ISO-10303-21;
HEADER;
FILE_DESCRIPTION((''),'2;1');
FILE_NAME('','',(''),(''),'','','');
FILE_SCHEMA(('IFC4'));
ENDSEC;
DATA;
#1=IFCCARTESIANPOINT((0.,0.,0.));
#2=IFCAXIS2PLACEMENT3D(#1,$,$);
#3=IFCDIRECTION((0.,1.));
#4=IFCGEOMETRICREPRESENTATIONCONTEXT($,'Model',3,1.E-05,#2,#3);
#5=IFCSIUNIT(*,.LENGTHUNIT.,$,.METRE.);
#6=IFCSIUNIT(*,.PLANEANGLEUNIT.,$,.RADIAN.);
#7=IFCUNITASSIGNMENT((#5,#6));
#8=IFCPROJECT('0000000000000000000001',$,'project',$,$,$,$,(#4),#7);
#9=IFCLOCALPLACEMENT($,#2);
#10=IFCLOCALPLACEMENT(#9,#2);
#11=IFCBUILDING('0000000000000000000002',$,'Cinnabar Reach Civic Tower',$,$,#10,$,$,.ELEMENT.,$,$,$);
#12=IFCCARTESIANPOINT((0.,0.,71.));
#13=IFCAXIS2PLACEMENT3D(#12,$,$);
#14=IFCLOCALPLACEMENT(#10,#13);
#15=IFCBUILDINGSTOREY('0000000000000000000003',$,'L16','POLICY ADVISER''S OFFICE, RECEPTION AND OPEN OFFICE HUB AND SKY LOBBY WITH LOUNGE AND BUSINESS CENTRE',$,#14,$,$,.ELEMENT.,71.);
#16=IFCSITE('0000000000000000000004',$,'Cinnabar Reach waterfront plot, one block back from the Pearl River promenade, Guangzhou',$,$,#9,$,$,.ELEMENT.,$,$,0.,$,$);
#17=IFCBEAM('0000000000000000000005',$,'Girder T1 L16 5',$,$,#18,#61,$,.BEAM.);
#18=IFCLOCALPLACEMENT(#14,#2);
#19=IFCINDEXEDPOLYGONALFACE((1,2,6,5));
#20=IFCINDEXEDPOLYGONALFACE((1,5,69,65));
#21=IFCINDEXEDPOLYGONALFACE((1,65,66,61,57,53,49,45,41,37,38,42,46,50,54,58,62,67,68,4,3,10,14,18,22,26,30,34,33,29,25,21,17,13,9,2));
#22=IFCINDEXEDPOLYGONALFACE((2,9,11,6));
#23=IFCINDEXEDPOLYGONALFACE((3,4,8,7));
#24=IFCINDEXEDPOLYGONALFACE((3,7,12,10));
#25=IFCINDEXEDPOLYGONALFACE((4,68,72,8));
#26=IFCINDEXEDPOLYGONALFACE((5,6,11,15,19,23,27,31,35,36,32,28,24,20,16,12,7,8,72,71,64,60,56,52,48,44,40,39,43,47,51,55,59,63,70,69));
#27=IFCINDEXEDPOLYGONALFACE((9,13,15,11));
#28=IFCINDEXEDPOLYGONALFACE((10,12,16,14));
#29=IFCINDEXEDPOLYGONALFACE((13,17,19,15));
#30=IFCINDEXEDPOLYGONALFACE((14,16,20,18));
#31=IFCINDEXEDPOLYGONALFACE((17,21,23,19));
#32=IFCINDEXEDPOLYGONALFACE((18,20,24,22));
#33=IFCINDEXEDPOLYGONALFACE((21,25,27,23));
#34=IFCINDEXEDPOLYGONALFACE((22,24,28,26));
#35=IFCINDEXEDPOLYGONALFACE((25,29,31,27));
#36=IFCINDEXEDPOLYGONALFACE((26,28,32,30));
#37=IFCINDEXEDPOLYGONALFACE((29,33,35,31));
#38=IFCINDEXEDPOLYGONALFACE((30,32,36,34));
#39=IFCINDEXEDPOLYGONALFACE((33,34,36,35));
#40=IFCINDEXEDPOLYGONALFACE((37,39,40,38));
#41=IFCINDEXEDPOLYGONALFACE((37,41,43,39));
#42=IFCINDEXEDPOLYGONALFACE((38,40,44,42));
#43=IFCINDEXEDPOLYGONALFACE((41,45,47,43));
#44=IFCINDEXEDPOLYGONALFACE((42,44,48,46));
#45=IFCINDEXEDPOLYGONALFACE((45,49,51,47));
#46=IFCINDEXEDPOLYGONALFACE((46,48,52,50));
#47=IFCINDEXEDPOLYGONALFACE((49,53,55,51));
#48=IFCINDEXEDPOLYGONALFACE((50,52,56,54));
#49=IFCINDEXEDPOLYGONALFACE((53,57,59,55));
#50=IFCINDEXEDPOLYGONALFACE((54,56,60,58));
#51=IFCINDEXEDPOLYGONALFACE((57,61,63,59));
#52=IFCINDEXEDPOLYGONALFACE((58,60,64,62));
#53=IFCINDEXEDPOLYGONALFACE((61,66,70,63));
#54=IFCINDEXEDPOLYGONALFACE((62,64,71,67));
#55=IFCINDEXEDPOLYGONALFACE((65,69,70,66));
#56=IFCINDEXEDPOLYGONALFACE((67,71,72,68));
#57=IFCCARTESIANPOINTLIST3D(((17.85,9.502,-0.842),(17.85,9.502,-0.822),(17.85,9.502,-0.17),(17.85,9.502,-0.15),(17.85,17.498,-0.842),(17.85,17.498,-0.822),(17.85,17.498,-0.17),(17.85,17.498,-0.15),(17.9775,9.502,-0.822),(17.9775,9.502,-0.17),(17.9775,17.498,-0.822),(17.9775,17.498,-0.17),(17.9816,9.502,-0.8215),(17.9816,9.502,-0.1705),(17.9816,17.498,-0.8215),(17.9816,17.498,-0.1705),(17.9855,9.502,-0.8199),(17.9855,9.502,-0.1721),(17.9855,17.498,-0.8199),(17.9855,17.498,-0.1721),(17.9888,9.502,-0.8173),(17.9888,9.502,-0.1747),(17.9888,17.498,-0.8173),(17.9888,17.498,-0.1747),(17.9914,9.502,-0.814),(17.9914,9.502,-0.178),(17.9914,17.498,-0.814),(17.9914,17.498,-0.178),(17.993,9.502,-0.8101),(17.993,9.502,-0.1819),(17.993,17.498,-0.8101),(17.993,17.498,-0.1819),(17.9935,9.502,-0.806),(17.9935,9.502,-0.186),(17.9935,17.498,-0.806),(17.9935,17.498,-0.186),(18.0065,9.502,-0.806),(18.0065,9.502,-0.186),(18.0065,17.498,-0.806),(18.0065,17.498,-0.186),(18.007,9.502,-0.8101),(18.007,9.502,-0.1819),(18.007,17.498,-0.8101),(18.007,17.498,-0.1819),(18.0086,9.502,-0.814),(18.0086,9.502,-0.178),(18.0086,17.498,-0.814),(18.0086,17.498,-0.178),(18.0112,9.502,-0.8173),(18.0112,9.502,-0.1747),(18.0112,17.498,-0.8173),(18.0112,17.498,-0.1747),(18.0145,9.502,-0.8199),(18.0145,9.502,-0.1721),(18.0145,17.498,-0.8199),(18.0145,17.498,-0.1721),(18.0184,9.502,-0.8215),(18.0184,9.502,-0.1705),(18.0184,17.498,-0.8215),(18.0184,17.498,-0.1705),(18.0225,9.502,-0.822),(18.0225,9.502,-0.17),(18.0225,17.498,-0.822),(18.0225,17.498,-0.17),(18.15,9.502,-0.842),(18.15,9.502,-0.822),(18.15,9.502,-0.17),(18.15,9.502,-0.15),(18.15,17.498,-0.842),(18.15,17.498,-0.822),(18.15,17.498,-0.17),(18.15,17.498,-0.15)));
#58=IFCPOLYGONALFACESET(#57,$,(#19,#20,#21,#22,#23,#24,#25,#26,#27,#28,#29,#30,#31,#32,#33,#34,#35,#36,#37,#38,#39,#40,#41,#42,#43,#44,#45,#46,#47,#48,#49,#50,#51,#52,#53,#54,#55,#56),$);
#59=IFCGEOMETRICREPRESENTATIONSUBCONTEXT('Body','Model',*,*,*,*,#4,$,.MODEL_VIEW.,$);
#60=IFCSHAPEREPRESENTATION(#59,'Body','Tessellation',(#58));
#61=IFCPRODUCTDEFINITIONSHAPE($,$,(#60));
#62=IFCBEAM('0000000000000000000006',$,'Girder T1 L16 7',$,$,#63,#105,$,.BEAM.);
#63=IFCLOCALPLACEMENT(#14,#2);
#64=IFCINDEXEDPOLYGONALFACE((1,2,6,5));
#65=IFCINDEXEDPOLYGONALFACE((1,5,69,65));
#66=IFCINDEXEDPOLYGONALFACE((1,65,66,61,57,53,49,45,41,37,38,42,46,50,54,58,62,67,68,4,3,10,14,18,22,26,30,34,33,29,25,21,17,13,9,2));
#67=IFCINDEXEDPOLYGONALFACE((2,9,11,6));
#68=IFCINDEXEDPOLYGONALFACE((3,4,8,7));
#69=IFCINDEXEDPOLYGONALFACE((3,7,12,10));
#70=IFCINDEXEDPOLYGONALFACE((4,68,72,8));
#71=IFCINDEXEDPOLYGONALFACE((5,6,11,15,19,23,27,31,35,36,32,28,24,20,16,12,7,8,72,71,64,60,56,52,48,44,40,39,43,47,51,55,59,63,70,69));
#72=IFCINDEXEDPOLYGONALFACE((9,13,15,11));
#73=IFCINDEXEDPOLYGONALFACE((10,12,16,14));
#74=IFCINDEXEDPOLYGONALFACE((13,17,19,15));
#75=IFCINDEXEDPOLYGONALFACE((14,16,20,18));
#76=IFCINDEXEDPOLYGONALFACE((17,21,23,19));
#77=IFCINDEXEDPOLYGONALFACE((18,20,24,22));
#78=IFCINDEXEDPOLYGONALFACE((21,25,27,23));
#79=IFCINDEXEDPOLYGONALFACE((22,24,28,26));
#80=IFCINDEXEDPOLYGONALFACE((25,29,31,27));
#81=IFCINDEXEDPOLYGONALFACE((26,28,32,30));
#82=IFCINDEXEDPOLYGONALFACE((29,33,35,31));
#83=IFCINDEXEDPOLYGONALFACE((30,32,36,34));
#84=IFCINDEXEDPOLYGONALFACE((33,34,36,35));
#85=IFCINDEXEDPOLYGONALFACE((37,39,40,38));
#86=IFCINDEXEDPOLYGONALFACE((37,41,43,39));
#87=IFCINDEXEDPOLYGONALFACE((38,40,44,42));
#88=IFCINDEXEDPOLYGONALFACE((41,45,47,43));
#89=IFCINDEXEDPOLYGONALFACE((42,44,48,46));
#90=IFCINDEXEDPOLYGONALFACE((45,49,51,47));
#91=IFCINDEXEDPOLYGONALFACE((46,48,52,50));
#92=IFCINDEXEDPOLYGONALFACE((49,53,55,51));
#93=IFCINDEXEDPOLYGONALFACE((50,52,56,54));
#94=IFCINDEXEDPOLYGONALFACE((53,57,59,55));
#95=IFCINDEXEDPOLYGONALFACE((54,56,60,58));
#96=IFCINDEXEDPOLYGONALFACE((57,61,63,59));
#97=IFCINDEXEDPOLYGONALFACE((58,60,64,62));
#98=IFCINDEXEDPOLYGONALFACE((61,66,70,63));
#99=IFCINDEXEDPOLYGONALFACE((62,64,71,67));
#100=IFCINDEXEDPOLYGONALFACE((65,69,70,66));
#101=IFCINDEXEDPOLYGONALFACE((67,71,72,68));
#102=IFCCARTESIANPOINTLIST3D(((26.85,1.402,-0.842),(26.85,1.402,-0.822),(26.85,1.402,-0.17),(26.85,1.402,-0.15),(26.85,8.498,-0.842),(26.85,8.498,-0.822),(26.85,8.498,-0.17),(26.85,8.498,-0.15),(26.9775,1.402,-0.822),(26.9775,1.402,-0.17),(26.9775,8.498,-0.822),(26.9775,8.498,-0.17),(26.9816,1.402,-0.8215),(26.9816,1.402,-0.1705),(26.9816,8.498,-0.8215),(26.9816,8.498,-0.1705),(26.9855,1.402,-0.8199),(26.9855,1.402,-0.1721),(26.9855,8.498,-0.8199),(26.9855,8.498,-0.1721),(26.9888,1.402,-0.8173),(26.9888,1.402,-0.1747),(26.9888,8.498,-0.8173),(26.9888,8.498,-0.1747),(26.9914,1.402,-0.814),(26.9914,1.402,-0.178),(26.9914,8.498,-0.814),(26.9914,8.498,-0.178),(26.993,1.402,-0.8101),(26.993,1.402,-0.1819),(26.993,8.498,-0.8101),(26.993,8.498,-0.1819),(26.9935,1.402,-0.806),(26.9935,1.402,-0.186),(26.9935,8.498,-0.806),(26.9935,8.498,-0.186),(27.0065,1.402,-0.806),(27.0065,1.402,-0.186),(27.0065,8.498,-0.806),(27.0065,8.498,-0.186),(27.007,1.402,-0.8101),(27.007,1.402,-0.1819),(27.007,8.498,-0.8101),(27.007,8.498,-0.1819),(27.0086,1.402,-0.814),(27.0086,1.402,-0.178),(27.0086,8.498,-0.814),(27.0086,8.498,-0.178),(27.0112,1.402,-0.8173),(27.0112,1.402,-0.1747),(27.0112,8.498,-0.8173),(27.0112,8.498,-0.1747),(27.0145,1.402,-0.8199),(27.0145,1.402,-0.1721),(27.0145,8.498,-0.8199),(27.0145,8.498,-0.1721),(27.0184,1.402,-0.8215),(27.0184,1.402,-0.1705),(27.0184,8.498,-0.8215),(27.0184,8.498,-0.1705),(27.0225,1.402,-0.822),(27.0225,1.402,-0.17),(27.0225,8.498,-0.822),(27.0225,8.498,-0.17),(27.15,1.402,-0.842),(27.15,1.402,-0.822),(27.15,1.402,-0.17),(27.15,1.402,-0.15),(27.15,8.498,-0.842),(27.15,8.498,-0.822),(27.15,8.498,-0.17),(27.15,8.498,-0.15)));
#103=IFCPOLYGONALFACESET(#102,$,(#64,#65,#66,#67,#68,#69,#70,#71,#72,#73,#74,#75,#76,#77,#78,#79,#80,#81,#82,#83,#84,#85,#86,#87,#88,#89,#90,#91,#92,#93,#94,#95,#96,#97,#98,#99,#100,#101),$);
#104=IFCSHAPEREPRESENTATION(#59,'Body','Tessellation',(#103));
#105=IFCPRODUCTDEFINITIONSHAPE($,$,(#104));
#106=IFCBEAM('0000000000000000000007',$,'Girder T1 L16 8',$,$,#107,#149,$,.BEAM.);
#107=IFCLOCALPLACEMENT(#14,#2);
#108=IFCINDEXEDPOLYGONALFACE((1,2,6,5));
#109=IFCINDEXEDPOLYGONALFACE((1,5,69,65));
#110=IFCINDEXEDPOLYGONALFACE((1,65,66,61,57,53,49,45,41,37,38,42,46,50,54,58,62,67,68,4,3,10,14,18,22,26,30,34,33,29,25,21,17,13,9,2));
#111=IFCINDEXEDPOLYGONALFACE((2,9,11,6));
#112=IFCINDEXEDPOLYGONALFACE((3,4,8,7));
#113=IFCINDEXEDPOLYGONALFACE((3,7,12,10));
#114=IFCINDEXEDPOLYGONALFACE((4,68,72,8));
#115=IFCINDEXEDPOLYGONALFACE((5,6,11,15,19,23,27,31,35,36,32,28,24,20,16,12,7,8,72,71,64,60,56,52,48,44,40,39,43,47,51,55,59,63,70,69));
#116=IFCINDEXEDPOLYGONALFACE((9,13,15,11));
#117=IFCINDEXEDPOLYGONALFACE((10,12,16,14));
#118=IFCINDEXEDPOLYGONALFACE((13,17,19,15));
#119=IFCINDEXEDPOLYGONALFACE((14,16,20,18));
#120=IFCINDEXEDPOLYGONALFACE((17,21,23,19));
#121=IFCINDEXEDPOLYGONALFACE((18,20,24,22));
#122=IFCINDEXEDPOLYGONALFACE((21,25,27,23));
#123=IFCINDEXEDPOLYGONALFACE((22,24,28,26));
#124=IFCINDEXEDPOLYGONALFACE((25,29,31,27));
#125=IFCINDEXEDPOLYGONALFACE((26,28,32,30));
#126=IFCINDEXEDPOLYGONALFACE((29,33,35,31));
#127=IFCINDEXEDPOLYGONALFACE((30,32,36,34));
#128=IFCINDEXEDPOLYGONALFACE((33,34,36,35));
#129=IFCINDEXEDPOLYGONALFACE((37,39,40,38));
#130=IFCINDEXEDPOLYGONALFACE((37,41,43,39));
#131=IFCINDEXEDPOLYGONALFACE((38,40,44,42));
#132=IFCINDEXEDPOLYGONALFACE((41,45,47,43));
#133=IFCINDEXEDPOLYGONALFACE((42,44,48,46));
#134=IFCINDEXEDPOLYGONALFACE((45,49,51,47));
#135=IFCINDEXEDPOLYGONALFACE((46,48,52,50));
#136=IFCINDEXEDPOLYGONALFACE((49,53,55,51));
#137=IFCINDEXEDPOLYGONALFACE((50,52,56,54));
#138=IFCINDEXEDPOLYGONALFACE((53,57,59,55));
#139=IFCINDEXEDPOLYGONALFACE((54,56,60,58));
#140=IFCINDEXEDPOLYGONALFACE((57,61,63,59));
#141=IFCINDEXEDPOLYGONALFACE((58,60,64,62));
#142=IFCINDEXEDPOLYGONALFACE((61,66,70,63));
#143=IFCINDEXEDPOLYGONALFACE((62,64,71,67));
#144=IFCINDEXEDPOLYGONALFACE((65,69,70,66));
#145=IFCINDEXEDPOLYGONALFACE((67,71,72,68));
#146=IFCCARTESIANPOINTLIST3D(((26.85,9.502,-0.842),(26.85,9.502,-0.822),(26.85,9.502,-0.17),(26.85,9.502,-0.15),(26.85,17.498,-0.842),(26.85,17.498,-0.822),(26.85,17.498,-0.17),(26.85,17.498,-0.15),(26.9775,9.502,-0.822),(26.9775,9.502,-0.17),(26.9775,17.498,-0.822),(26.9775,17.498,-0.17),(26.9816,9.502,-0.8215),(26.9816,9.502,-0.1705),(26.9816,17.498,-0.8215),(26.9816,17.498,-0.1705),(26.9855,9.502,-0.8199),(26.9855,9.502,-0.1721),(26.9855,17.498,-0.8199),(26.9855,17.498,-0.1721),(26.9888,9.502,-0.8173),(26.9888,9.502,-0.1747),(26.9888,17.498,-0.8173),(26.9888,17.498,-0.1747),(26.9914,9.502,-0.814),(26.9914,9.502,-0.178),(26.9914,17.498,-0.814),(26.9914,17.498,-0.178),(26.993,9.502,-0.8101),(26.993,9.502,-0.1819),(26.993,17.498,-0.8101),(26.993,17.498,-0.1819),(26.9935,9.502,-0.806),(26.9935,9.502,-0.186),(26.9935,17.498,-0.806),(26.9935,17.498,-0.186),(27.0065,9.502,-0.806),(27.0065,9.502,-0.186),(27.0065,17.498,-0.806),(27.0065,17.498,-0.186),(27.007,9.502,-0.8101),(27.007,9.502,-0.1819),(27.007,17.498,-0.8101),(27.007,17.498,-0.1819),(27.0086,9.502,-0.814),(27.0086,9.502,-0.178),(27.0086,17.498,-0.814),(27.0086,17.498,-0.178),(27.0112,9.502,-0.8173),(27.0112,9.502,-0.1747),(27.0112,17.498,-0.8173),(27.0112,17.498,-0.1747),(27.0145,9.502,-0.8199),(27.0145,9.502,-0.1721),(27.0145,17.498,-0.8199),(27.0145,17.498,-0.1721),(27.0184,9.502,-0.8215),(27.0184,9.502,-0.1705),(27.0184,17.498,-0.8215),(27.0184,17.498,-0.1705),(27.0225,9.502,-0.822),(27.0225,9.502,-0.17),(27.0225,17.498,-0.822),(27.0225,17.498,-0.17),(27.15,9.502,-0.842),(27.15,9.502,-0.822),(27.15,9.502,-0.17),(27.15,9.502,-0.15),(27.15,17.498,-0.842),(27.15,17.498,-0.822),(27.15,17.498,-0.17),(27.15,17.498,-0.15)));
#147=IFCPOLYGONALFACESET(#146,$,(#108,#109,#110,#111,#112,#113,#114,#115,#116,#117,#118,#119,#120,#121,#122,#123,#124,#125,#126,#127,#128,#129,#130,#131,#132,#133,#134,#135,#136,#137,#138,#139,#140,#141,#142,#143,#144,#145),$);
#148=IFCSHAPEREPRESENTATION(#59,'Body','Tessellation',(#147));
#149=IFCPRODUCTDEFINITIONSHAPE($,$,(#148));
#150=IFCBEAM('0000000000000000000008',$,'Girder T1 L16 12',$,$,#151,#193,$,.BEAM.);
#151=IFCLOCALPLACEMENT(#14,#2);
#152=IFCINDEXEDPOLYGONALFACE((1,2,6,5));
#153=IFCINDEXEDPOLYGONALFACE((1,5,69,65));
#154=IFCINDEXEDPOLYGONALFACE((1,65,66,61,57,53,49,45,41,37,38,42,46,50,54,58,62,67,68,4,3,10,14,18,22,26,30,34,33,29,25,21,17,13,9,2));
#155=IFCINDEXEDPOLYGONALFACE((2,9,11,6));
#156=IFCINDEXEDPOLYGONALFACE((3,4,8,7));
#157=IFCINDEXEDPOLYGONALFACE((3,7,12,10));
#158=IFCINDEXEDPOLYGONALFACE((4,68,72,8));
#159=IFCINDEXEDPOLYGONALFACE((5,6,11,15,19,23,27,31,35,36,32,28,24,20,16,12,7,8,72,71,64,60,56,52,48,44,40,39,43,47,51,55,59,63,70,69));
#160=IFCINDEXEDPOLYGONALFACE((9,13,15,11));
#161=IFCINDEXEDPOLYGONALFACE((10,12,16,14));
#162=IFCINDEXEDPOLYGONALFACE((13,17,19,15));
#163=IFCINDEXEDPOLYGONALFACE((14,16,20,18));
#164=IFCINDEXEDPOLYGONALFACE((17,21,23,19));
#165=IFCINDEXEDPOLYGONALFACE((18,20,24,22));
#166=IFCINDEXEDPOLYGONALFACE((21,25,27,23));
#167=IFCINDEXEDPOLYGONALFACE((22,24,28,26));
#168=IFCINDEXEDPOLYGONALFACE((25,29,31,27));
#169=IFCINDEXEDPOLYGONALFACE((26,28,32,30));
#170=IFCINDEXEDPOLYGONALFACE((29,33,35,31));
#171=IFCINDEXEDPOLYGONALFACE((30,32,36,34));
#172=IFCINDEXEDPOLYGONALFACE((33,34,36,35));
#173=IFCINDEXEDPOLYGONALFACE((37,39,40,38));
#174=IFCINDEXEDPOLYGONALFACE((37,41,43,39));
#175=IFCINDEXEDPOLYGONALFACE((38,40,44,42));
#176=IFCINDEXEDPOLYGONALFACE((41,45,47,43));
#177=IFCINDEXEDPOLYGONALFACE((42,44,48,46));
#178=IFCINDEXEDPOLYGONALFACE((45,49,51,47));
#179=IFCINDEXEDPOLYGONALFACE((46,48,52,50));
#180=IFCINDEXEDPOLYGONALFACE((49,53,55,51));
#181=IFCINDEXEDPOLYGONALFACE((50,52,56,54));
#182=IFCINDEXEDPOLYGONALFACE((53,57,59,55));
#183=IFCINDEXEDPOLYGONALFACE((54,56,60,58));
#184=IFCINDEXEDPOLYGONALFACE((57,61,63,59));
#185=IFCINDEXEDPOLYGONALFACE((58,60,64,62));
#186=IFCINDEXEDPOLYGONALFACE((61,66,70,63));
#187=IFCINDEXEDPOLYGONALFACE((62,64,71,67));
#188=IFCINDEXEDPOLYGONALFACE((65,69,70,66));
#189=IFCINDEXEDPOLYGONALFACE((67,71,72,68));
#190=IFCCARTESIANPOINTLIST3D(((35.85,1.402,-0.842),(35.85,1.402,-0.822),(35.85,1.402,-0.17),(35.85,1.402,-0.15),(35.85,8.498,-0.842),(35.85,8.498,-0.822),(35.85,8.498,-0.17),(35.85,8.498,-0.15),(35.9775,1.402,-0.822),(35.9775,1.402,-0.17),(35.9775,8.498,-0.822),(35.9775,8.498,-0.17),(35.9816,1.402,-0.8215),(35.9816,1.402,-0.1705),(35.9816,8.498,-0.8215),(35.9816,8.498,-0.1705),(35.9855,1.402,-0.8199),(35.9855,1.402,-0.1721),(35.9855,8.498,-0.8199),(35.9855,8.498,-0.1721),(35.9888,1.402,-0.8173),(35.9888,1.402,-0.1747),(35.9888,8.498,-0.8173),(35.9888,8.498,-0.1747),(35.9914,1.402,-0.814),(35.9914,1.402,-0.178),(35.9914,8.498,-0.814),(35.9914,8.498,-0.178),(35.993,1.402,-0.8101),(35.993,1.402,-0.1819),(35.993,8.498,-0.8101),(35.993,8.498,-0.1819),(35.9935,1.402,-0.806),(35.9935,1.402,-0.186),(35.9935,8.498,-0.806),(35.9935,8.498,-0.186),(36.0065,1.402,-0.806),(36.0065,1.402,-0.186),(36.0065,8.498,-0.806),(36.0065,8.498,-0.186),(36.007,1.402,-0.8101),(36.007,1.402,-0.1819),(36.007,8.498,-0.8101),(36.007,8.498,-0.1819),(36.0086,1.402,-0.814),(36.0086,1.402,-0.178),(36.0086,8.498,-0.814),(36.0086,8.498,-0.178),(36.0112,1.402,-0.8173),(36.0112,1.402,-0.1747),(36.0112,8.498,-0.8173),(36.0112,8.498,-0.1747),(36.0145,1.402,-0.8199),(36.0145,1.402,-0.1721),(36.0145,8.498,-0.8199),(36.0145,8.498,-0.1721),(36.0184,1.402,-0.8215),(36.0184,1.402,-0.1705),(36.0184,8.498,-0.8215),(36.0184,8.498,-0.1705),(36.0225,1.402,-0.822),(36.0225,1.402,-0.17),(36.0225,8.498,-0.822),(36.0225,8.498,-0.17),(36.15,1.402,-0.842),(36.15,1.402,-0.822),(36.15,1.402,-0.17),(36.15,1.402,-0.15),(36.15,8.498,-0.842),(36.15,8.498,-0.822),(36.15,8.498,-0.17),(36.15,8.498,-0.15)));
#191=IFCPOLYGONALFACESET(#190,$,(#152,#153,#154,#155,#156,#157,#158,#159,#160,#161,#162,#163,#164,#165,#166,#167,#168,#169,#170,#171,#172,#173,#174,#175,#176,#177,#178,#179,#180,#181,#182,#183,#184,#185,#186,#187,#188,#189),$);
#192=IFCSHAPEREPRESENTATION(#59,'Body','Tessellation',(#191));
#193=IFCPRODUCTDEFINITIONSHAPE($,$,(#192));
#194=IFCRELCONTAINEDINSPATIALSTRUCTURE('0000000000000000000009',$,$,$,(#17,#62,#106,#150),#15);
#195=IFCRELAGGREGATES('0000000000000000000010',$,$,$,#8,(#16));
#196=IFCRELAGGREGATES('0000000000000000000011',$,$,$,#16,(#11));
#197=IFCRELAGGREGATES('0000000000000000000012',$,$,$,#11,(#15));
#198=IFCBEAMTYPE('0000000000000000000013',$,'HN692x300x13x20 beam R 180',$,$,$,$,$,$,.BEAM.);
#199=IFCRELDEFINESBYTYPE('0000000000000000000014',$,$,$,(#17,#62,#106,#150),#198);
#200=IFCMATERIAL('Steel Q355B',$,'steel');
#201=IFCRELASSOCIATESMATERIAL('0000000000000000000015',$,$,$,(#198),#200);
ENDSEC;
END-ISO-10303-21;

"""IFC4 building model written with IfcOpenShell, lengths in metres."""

from ifc_helpers import new_model, si_unit, direction, frame, origin, origin_2d, place, context, subcontext, project, spatial, i_section, extrude, material, material_profile, profile_set, type_object, element, save


model = new_model("IFC4")

# Units and contexts
model_context = context("Model", 3, precision=1e-05, world=origin(), true_north=direction((0.0, 1.0)))
body_context = subcontext(model_context, "Body", "Model", "MODEL_VIEW")
ifc_project = project(units=[si_unit("LENGTHUNIT", "METRE"), si_unit("PLANEANGLEUNIT", "RADIAN")], contexts=[model_context])

# Site, building, storey
site_placement = place(None, origin())
site = spatial("IfcSite", under=ifc_project, at=site_placement, Name="Cinnabar Reach waterfront plot, one block back from the Pearl River promenade, Guangzhou", CompositionType="ELEMENT", RefElevation=0.0)
building_placement = place(site_placement, origin())
building = spatial("IfcBuilding", under=site, at=building_placement, Name="Cinnabar Reach Civic Tower", CompositionType="ELEMENT")
storey_placement = place(building_placement, frame((0.0, 0.0, 71.0)))
storey = spatial("IfcBuildingStorey", under=building, at=storey_placement, Name="L16", Description="POLICY ADVISER'S OFFICE, RECEPTION AND OPEN OFFICE HUB AND SKY LOBBY WITH LOUNGE AND BUSINESS CENTRE", CompositionType="ELEMENT", Elevation=71.0)

# Beams
ifc_material_1 = material(Name="Steel Q355B", Category="steel")
ifc_material_profile_1 = material_profile(ifc_material_1, i_section(OverallWidth=0.3, OverallDepth=0.692, WebThickness=0.013, FlangeThickness=0.02, FilletRadius=0.016, at=origin_2d()), Name="HN692x300x13x20")
ifc_profile_set_1 = profile_set([ifc_material_profile_1], Name="Steel Q355B")
beam_type_1 = type_object("IfcBeamType", Name="HN692x300x13x20 beam R 180", PredefinedType="BEAM", material=ifc_profile_set_1)
beam_1_placement = place(storey_placement, frame((18.0, 9.502, -0.496), z_axis=(0.0, 1.0, 0.0), x_axis=(-1.0, 0.0, 0.0)))
element("IfcBeam", 1, at=beam_1_placement, inside=storey, type_object=beam_type_1, Name="Girder T1 L16 5", PredefinedType="BEAM", context=body_context, shape_type="SweptSolid", body=[
    extrude(i_section(OverallWidth=0.3, OverallDepth=0.692, WebThickness=0.013, FlangeThickness=0.02, FilletRadius=0.016, at=origin_2d()), origin(), (0.0, 0.0, 1.0), 7.996),
])
beam_2_placement = place(storey_placement, frame((27.0, 1.402, -0.496), z_axis=(0.0, 1.0, 0.0), x_axis=(-1.0, 0.0, 0.0)))
element("IfcBeam", 2, at=beam_2_placement, inside=storey, type_object=beam_type_1, Name="Girder T1 L16 7", PredefinedType="BEAM", context=body_context, shape_type="SweptSolid", body=[
    extrude(i_section(OverallWidth=0.3, OverallDepth=0.692, WebThickness=0.013, FlangeThickness=0.02, FilletRadius=0.016, at=origin_2d()), origin(), (0.0, 0.0, 1.0), 7.096),
])
beam_3_placement = place(storey_placement, frame((27.0, 9.502, -0.496), z_axis=(0.0, 1.0, 0.0), x_axis=(-1.0, 0.0, 0.0)))
element("IfcBeam", 3, at=beam_3_placement, inside=storey, type_object=beam_type_1, Name="Girder T1 L16 8", PredefinedType="BEAM", context=body_context, shape_type="SweptSolid", body=[
    extrude(i_section(OverallWidth=0.3, OverallDepth=0.692, WebThickness=0.013, FlangeThickness=0.02, FilletRadius=0.016, at=origin_2d()), origin(), (0.0, 0.0, 1.0), 7.996),
])
beam_4_placement = place(storey_placement, frame((36.0, 1.402, -0.496), z_axis=(0.0, 1.0, 0.0), x_axis=(-1.0, 0.0, 0.0)))
element("IfcBeam", 4, at=beam_4_placement, inside=storey, type_object=beam_type_1, Name="Girder T1 L16 12", PredefinedType="BEAM", context=body_context, shape_type="SweptSolid", body=[
    extrude(i_section(OverallWidth=0.3, OverallDepth=0.692, WebThickness=0.013, FlangeThickness=0.02, FilletRadius=0.016, at=origin_2d()), origin(), (0.0, 0.0, 1.0), 7.096),
])

save(model, "model.ifc")
